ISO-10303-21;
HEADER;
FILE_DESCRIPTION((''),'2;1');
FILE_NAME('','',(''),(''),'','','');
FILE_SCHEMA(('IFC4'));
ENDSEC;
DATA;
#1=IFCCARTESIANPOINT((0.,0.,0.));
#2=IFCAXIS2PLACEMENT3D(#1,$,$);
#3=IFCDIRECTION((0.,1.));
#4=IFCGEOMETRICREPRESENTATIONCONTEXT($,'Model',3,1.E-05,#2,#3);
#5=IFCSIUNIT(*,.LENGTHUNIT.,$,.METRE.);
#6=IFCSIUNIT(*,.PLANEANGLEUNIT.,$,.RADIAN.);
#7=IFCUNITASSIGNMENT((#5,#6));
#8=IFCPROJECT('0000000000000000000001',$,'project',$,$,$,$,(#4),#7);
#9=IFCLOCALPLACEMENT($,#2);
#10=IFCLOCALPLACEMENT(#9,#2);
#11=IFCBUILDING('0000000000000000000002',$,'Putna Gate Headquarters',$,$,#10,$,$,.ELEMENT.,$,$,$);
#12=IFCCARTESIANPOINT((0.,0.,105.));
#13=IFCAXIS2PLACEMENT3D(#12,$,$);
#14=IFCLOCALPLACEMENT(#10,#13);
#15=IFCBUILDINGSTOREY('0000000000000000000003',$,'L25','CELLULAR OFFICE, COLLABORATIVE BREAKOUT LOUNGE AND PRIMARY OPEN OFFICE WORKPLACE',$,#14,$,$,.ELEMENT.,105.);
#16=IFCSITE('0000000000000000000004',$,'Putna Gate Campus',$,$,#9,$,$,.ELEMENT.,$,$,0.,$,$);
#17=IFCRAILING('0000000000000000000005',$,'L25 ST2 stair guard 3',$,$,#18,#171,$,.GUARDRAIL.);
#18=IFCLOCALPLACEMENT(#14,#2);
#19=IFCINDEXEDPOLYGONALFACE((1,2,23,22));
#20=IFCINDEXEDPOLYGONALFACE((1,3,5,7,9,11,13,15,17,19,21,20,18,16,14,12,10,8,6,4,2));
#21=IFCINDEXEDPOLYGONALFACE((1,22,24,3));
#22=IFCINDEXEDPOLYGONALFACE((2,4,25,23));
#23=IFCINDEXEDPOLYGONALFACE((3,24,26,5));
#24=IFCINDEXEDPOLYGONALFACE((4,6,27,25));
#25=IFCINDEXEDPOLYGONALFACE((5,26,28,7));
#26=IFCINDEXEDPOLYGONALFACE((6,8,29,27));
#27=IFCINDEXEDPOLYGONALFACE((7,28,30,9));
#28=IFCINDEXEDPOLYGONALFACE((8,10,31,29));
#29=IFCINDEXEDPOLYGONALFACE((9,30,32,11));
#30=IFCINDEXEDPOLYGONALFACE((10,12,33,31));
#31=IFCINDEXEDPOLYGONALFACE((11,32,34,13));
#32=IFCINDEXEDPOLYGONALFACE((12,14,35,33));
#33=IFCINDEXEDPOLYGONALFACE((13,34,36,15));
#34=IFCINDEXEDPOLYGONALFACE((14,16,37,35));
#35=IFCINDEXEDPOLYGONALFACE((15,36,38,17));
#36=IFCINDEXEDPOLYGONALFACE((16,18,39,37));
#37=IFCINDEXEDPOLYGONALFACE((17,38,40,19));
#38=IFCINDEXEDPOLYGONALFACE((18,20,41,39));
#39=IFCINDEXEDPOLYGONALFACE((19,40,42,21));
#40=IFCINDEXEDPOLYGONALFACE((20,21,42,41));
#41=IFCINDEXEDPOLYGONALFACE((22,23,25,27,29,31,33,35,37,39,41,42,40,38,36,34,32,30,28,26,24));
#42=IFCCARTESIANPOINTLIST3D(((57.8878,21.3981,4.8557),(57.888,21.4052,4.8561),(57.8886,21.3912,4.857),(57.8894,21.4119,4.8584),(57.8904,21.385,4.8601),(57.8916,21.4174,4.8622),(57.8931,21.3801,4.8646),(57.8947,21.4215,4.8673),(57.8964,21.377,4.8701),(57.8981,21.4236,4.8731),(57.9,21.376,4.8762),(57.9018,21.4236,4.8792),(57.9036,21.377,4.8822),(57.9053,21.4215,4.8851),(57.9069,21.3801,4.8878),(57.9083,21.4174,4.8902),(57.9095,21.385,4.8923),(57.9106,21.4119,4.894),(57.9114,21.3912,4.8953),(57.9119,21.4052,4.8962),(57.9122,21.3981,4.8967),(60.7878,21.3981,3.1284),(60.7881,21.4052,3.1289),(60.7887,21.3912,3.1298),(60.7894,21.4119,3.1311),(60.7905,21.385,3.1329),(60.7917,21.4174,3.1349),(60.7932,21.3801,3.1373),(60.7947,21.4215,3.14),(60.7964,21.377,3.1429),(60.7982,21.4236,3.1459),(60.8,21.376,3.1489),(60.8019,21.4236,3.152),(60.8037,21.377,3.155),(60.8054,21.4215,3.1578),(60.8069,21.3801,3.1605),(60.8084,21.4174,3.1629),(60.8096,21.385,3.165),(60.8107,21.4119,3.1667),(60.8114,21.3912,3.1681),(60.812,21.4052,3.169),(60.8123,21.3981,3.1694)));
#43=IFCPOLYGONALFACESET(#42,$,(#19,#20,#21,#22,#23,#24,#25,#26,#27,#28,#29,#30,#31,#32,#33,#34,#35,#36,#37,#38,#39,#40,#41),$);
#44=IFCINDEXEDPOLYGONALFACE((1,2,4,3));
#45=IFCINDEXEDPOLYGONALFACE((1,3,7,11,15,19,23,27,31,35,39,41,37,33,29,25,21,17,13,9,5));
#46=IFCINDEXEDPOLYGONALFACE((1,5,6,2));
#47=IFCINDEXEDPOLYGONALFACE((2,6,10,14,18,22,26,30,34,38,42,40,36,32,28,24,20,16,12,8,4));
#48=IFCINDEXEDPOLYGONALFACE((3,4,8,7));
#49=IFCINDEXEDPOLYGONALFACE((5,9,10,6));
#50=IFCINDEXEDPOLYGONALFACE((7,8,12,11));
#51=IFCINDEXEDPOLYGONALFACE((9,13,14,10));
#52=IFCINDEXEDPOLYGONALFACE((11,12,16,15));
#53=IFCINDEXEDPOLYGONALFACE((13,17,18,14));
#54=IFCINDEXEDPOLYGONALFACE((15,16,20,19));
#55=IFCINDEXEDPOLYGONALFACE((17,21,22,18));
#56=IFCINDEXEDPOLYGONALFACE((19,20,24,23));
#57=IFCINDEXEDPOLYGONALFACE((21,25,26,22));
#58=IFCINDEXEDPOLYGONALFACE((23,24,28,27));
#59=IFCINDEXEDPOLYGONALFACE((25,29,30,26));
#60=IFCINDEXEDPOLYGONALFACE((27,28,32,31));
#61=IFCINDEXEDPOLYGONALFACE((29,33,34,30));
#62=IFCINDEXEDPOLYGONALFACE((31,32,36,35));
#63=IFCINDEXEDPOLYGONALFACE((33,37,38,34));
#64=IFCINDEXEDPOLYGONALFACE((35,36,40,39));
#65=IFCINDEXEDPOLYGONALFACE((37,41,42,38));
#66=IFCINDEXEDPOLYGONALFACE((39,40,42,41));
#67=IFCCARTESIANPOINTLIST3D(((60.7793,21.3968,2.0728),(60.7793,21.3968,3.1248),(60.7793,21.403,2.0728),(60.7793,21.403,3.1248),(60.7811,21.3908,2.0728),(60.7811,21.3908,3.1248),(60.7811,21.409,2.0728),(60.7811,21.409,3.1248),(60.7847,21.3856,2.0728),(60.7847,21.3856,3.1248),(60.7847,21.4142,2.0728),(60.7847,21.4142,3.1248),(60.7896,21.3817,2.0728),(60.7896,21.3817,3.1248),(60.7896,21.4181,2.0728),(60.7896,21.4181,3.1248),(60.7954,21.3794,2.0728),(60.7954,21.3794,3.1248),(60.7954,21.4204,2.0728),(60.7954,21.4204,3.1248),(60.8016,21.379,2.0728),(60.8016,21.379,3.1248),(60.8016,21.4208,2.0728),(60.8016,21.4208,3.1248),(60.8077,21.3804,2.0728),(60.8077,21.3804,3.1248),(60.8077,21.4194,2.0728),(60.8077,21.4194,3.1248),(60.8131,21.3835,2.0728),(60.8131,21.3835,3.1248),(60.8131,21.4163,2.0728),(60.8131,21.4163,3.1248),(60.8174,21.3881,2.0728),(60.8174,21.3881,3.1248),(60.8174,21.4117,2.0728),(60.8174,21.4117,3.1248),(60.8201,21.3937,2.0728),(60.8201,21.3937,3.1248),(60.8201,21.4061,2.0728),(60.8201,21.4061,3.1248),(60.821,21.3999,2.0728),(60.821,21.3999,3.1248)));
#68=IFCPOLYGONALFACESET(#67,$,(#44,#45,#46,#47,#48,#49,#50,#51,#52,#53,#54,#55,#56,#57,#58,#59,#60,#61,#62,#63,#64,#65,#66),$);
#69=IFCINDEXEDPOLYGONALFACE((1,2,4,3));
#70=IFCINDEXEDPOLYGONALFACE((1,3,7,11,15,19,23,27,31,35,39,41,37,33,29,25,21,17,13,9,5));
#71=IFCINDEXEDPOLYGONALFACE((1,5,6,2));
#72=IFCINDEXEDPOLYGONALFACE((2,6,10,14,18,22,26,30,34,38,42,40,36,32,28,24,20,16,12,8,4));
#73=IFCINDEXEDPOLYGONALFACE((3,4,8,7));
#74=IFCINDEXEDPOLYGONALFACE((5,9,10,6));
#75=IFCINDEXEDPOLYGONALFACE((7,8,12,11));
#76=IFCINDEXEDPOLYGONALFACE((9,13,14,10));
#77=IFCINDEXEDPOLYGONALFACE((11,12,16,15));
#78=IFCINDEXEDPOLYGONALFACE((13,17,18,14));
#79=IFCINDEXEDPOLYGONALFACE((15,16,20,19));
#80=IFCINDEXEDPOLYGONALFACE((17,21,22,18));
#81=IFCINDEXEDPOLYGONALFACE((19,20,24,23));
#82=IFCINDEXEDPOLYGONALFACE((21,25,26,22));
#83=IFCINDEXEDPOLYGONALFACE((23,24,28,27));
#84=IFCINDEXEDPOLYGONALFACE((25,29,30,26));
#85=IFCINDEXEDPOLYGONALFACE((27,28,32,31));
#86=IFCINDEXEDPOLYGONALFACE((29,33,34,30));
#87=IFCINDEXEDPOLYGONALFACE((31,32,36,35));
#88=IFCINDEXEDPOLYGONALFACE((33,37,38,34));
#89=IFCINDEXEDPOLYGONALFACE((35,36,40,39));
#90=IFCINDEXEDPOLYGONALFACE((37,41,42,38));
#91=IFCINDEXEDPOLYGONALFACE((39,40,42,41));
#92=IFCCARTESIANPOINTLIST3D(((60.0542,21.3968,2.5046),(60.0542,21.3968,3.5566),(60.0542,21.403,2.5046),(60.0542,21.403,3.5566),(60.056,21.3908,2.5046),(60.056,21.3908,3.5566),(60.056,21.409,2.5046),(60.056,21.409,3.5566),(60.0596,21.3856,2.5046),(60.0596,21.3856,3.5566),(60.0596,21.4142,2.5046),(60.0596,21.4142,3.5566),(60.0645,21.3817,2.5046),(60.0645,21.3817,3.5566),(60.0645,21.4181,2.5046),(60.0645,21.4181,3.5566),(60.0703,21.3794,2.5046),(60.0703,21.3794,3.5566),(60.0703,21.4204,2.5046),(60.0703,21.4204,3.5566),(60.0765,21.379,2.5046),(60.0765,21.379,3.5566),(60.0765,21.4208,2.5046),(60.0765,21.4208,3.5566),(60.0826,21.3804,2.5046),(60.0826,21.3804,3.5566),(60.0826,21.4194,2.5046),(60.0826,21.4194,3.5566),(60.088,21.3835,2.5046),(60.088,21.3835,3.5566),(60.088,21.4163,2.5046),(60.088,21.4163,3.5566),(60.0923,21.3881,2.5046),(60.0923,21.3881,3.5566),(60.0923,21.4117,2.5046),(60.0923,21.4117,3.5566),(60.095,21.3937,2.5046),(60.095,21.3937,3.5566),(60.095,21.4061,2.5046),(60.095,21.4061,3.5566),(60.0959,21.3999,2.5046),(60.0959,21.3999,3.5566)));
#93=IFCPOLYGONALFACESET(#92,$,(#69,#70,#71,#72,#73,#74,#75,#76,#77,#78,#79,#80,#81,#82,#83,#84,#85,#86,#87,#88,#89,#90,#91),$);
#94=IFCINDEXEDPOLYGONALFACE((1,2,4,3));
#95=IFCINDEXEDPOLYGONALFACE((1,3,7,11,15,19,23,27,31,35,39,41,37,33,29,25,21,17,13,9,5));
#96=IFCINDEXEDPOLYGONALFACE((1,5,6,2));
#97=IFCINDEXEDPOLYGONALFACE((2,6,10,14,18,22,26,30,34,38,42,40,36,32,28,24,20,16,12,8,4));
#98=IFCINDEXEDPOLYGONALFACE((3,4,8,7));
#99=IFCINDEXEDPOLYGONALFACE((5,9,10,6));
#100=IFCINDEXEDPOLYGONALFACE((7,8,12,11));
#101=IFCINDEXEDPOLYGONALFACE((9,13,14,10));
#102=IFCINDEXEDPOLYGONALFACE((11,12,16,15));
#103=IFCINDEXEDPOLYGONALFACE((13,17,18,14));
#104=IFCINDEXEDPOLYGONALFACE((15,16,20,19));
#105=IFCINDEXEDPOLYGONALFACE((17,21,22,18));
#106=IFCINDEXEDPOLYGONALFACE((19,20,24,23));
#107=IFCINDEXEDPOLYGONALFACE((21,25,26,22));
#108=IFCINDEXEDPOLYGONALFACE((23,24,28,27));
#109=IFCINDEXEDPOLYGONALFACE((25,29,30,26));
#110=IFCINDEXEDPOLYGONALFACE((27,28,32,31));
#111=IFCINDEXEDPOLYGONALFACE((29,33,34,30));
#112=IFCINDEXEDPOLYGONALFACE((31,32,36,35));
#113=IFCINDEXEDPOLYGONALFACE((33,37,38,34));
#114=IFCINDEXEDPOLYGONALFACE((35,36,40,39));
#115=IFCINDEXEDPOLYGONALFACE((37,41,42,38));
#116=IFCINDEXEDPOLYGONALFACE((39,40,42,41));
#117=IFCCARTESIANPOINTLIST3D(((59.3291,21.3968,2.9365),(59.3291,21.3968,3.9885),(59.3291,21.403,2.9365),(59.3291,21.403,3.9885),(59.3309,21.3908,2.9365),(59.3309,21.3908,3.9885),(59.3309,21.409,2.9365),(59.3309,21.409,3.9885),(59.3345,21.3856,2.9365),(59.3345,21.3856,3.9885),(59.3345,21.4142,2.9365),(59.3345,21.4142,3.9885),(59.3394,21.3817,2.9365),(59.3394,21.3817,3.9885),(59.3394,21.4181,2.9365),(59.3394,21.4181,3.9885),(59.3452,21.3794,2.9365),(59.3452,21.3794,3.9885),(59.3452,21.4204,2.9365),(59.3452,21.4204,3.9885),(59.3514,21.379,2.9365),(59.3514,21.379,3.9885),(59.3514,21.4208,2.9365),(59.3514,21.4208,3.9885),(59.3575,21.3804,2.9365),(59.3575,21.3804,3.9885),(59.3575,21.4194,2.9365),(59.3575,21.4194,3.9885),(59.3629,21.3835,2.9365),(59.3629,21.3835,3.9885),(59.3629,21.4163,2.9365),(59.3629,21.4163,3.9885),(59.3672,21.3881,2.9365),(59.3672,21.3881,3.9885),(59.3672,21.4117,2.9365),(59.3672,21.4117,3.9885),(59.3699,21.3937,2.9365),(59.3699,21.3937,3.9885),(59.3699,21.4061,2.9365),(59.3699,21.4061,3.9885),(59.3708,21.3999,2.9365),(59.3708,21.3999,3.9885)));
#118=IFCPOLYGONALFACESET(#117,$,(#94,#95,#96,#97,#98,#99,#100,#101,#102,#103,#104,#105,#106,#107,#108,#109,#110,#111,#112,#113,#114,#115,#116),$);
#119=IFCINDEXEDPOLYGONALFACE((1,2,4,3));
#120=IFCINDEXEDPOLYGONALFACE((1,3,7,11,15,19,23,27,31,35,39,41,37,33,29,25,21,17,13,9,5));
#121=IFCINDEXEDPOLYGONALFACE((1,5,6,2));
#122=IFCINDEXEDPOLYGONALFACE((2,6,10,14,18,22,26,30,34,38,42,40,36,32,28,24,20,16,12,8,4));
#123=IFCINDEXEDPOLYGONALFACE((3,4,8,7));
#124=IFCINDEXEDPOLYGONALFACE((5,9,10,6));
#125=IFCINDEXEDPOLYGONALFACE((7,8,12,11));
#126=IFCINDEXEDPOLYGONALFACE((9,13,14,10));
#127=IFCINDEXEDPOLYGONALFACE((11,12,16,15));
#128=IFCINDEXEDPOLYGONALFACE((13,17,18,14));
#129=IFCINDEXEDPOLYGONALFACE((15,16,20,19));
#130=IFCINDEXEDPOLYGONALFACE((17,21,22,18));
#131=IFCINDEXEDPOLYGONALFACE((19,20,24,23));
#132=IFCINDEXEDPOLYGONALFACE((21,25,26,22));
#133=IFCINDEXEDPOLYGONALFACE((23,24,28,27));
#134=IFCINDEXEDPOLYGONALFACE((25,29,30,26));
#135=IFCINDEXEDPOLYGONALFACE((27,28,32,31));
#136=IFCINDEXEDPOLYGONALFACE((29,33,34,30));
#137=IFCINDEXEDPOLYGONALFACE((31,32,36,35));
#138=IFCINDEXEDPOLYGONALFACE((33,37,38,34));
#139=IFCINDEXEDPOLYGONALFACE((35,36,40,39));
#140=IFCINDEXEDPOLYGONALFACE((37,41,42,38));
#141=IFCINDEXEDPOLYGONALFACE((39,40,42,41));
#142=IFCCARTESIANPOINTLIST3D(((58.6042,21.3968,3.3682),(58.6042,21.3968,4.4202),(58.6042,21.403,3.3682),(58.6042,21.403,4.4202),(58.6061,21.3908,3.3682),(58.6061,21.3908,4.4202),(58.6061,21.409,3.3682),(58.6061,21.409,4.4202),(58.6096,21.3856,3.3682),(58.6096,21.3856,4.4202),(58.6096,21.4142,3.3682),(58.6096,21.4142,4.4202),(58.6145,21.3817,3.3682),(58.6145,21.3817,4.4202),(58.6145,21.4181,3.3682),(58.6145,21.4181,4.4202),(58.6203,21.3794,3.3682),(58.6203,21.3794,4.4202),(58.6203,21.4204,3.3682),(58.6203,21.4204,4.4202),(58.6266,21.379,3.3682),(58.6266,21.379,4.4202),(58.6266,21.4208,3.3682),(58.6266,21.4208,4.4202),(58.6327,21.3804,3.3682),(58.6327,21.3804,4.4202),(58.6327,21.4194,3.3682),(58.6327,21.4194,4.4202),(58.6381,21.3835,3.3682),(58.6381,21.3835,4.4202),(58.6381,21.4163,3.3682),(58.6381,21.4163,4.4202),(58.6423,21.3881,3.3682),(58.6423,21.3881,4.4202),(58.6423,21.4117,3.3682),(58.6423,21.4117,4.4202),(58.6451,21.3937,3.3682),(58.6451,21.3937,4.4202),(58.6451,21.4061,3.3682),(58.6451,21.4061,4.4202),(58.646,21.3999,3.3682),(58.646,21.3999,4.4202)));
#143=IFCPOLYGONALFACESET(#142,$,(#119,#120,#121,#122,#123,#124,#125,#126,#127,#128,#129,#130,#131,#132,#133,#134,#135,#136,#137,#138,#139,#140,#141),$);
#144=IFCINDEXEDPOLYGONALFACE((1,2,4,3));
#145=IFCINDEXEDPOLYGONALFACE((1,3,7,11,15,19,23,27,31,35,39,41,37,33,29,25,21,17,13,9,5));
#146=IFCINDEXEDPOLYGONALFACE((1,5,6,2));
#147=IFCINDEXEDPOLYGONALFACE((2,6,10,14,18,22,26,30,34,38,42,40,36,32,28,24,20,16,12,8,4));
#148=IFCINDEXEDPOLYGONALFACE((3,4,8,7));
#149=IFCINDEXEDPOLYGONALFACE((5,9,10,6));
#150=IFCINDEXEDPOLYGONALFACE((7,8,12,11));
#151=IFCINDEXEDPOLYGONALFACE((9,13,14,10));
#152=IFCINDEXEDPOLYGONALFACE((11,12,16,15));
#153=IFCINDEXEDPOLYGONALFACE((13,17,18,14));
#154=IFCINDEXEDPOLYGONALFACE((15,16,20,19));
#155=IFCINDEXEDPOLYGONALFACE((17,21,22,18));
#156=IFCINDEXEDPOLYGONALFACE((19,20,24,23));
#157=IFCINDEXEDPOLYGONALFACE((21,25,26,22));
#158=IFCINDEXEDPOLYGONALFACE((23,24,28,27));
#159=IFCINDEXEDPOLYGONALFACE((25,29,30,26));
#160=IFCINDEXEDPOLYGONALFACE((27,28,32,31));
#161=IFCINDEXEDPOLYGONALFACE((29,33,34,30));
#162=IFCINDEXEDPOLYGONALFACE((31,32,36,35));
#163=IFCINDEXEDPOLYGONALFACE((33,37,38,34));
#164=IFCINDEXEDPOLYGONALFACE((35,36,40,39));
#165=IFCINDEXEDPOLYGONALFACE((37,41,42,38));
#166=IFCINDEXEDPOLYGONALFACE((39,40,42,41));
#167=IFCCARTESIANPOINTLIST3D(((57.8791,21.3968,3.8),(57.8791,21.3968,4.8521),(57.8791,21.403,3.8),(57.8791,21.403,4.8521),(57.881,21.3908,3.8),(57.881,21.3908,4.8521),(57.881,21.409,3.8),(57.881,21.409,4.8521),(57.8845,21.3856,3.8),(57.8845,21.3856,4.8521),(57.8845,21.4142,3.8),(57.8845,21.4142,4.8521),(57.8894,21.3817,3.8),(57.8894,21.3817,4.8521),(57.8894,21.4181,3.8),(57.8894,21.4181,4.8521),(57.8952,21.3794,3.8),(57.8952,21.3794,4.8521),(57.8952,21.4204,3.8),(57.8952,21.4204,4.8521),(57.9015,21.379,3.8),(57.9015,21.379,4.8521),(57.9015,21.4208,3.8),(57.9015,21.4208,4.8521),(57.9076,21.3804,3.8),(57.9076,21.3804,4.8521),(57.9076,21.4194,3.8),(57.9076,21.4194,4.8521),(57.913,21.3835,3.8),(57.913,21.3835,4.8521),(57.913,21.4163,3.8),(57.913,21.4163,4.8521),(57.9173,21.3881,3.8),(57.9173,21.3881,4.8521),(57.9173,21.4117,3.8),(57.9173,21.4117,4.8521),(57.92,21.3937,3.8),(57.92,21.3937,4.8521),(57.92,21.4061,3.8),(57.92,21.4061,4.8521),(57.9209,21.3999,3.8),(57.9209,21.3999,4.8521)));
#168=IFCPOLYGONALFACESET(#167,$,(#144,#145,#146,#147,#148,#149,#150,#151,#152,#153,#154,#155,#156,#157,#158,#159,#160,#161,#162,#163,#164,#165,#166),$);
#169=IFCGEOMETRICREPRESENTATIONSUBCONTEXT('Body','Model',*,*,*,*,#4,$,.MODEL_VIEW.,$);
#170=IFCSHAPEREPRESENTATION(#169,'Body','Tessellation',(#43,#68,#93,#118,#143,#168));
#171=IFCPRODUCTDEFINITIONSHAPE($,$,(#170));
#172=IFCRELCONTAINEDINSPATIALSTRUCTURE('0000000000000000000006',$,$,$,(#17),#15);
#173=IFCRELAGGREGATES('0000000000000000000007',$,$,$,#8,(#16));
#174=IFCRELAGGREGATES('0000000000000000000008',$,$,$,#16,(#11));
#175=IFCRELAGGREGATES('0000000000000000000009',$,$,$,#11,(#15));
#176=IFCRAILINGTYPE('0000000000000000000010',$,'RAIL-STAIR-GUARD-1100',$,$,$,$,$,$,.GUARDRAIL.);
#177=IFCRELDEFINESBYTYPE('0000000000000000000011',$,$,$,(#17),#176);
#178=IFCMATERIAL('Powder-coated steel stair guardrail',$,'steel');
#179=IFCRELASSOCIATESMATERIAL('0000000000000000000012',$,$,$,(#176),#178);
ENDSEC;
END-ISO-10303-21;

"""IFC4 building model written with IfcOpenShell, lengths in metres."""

from ifc_helpers import new_model, si_unit, direction, frame, origin, origin_2d, place, context, subcontext, project, spatial, circle, extrude, material, type_object, element, save


model = new_model("IFC4")

# Units and contexts
model_context = context("Model", 3, precision=1e-05, world=origin(), true_north=direction((0.0, 1.0)))
body_context = subcontext(model_context, "Body", "Model", "MODEL_VIEW")
ifc_project = project(units=[si_unit("LENGTHUNIT", "METRE"), si_unit("PLANEANGLEUNIT", "RADIAN")], contexts=[model_context])

# Site, building, storey
site_placement = place(None, origin())
site = spatial("IfcSite", under=ifc_project, at=site_placement, Name="Putna Gate Campus", CompositionType="ELEMENT", RefElevation=0.0)
building_placement = place(site_placement, origin())
building = spatial("IfcBuilding", under=site, at=building_placement, Name="Putna Gate Headquarters", CompositionType="ELEMENT")
storey_placement = place(building_placement, frame((0.0, 0.0, 105.0)))
storey = spatial("IfcBuildingStorey", under=building, at=storey_placement, Name="L25", Description="CELLULAR OFFICE, COLLABORATIVE BREAKOUT LOUNGE AND PRIMARY OPEN OFFICE WORKPLACE", CompositionType="ELEMENT", Elevation=105.0)

# Railing
ifc_material_1 = material(Name="Powder-coated steel stair guardrail", Category="steel")
railing_type_1 = type_object("IfcRailingType", Name="RAIL-STAIR-GUARD-1100", PredefinedType="GUARDRAIL", material=ifc_material_1)
railing_1_placement = place(storey_placement, frame((60.8, 21.3999, 2.0728)))
element("IfcRailing", 1, at=railing_1_placement, inside=storey, type_object=railing_type_1, Name="L25 ST2 stair guard 3", PredefinedType="GUARDRAIL", context=body_context, shape_type="SweptSolid", body=[
    extrude(circle(Radius=0.0239, at=origin_2d()), frame((0.0, 0.0, 1.0762), z_axis=(-0.85916, 0.0, 0.511706), x_axis=(0.0, -1.0, 0.0)), (0.0, 0.0, 1.0), 3.3755),
    extrude(circle(Radius=0.021, at=origin_2d()), origin(), (0.0, 0.0, 1.0), 1.052),
    extrude(circle(Radius=0.021, at=origin_2d()), frame((-0.7251, 0.0, 0.4319)), (0.0, 0.0, 1.0), 1.052),
    extrude(circle(Radius=0.021, at=origin_2d()), frame((-1.4502, 0.0, 0.8638)), (0.0, 0.0, 1.0), 1.052),
    extrude(circle(Radius=0.021, at=origin_2d()), frame((-2.175, 0.0, 1.2954)), (0.0, 0.0, 1.0), 1.052),
    extrude(circle(Radius=0.021, at=origin_2d()), frame((-2.9001, 0.0, 1.7273)), (0.0, 0.0, 1.0), 1.052),
])

save(model, "model.ifc")
